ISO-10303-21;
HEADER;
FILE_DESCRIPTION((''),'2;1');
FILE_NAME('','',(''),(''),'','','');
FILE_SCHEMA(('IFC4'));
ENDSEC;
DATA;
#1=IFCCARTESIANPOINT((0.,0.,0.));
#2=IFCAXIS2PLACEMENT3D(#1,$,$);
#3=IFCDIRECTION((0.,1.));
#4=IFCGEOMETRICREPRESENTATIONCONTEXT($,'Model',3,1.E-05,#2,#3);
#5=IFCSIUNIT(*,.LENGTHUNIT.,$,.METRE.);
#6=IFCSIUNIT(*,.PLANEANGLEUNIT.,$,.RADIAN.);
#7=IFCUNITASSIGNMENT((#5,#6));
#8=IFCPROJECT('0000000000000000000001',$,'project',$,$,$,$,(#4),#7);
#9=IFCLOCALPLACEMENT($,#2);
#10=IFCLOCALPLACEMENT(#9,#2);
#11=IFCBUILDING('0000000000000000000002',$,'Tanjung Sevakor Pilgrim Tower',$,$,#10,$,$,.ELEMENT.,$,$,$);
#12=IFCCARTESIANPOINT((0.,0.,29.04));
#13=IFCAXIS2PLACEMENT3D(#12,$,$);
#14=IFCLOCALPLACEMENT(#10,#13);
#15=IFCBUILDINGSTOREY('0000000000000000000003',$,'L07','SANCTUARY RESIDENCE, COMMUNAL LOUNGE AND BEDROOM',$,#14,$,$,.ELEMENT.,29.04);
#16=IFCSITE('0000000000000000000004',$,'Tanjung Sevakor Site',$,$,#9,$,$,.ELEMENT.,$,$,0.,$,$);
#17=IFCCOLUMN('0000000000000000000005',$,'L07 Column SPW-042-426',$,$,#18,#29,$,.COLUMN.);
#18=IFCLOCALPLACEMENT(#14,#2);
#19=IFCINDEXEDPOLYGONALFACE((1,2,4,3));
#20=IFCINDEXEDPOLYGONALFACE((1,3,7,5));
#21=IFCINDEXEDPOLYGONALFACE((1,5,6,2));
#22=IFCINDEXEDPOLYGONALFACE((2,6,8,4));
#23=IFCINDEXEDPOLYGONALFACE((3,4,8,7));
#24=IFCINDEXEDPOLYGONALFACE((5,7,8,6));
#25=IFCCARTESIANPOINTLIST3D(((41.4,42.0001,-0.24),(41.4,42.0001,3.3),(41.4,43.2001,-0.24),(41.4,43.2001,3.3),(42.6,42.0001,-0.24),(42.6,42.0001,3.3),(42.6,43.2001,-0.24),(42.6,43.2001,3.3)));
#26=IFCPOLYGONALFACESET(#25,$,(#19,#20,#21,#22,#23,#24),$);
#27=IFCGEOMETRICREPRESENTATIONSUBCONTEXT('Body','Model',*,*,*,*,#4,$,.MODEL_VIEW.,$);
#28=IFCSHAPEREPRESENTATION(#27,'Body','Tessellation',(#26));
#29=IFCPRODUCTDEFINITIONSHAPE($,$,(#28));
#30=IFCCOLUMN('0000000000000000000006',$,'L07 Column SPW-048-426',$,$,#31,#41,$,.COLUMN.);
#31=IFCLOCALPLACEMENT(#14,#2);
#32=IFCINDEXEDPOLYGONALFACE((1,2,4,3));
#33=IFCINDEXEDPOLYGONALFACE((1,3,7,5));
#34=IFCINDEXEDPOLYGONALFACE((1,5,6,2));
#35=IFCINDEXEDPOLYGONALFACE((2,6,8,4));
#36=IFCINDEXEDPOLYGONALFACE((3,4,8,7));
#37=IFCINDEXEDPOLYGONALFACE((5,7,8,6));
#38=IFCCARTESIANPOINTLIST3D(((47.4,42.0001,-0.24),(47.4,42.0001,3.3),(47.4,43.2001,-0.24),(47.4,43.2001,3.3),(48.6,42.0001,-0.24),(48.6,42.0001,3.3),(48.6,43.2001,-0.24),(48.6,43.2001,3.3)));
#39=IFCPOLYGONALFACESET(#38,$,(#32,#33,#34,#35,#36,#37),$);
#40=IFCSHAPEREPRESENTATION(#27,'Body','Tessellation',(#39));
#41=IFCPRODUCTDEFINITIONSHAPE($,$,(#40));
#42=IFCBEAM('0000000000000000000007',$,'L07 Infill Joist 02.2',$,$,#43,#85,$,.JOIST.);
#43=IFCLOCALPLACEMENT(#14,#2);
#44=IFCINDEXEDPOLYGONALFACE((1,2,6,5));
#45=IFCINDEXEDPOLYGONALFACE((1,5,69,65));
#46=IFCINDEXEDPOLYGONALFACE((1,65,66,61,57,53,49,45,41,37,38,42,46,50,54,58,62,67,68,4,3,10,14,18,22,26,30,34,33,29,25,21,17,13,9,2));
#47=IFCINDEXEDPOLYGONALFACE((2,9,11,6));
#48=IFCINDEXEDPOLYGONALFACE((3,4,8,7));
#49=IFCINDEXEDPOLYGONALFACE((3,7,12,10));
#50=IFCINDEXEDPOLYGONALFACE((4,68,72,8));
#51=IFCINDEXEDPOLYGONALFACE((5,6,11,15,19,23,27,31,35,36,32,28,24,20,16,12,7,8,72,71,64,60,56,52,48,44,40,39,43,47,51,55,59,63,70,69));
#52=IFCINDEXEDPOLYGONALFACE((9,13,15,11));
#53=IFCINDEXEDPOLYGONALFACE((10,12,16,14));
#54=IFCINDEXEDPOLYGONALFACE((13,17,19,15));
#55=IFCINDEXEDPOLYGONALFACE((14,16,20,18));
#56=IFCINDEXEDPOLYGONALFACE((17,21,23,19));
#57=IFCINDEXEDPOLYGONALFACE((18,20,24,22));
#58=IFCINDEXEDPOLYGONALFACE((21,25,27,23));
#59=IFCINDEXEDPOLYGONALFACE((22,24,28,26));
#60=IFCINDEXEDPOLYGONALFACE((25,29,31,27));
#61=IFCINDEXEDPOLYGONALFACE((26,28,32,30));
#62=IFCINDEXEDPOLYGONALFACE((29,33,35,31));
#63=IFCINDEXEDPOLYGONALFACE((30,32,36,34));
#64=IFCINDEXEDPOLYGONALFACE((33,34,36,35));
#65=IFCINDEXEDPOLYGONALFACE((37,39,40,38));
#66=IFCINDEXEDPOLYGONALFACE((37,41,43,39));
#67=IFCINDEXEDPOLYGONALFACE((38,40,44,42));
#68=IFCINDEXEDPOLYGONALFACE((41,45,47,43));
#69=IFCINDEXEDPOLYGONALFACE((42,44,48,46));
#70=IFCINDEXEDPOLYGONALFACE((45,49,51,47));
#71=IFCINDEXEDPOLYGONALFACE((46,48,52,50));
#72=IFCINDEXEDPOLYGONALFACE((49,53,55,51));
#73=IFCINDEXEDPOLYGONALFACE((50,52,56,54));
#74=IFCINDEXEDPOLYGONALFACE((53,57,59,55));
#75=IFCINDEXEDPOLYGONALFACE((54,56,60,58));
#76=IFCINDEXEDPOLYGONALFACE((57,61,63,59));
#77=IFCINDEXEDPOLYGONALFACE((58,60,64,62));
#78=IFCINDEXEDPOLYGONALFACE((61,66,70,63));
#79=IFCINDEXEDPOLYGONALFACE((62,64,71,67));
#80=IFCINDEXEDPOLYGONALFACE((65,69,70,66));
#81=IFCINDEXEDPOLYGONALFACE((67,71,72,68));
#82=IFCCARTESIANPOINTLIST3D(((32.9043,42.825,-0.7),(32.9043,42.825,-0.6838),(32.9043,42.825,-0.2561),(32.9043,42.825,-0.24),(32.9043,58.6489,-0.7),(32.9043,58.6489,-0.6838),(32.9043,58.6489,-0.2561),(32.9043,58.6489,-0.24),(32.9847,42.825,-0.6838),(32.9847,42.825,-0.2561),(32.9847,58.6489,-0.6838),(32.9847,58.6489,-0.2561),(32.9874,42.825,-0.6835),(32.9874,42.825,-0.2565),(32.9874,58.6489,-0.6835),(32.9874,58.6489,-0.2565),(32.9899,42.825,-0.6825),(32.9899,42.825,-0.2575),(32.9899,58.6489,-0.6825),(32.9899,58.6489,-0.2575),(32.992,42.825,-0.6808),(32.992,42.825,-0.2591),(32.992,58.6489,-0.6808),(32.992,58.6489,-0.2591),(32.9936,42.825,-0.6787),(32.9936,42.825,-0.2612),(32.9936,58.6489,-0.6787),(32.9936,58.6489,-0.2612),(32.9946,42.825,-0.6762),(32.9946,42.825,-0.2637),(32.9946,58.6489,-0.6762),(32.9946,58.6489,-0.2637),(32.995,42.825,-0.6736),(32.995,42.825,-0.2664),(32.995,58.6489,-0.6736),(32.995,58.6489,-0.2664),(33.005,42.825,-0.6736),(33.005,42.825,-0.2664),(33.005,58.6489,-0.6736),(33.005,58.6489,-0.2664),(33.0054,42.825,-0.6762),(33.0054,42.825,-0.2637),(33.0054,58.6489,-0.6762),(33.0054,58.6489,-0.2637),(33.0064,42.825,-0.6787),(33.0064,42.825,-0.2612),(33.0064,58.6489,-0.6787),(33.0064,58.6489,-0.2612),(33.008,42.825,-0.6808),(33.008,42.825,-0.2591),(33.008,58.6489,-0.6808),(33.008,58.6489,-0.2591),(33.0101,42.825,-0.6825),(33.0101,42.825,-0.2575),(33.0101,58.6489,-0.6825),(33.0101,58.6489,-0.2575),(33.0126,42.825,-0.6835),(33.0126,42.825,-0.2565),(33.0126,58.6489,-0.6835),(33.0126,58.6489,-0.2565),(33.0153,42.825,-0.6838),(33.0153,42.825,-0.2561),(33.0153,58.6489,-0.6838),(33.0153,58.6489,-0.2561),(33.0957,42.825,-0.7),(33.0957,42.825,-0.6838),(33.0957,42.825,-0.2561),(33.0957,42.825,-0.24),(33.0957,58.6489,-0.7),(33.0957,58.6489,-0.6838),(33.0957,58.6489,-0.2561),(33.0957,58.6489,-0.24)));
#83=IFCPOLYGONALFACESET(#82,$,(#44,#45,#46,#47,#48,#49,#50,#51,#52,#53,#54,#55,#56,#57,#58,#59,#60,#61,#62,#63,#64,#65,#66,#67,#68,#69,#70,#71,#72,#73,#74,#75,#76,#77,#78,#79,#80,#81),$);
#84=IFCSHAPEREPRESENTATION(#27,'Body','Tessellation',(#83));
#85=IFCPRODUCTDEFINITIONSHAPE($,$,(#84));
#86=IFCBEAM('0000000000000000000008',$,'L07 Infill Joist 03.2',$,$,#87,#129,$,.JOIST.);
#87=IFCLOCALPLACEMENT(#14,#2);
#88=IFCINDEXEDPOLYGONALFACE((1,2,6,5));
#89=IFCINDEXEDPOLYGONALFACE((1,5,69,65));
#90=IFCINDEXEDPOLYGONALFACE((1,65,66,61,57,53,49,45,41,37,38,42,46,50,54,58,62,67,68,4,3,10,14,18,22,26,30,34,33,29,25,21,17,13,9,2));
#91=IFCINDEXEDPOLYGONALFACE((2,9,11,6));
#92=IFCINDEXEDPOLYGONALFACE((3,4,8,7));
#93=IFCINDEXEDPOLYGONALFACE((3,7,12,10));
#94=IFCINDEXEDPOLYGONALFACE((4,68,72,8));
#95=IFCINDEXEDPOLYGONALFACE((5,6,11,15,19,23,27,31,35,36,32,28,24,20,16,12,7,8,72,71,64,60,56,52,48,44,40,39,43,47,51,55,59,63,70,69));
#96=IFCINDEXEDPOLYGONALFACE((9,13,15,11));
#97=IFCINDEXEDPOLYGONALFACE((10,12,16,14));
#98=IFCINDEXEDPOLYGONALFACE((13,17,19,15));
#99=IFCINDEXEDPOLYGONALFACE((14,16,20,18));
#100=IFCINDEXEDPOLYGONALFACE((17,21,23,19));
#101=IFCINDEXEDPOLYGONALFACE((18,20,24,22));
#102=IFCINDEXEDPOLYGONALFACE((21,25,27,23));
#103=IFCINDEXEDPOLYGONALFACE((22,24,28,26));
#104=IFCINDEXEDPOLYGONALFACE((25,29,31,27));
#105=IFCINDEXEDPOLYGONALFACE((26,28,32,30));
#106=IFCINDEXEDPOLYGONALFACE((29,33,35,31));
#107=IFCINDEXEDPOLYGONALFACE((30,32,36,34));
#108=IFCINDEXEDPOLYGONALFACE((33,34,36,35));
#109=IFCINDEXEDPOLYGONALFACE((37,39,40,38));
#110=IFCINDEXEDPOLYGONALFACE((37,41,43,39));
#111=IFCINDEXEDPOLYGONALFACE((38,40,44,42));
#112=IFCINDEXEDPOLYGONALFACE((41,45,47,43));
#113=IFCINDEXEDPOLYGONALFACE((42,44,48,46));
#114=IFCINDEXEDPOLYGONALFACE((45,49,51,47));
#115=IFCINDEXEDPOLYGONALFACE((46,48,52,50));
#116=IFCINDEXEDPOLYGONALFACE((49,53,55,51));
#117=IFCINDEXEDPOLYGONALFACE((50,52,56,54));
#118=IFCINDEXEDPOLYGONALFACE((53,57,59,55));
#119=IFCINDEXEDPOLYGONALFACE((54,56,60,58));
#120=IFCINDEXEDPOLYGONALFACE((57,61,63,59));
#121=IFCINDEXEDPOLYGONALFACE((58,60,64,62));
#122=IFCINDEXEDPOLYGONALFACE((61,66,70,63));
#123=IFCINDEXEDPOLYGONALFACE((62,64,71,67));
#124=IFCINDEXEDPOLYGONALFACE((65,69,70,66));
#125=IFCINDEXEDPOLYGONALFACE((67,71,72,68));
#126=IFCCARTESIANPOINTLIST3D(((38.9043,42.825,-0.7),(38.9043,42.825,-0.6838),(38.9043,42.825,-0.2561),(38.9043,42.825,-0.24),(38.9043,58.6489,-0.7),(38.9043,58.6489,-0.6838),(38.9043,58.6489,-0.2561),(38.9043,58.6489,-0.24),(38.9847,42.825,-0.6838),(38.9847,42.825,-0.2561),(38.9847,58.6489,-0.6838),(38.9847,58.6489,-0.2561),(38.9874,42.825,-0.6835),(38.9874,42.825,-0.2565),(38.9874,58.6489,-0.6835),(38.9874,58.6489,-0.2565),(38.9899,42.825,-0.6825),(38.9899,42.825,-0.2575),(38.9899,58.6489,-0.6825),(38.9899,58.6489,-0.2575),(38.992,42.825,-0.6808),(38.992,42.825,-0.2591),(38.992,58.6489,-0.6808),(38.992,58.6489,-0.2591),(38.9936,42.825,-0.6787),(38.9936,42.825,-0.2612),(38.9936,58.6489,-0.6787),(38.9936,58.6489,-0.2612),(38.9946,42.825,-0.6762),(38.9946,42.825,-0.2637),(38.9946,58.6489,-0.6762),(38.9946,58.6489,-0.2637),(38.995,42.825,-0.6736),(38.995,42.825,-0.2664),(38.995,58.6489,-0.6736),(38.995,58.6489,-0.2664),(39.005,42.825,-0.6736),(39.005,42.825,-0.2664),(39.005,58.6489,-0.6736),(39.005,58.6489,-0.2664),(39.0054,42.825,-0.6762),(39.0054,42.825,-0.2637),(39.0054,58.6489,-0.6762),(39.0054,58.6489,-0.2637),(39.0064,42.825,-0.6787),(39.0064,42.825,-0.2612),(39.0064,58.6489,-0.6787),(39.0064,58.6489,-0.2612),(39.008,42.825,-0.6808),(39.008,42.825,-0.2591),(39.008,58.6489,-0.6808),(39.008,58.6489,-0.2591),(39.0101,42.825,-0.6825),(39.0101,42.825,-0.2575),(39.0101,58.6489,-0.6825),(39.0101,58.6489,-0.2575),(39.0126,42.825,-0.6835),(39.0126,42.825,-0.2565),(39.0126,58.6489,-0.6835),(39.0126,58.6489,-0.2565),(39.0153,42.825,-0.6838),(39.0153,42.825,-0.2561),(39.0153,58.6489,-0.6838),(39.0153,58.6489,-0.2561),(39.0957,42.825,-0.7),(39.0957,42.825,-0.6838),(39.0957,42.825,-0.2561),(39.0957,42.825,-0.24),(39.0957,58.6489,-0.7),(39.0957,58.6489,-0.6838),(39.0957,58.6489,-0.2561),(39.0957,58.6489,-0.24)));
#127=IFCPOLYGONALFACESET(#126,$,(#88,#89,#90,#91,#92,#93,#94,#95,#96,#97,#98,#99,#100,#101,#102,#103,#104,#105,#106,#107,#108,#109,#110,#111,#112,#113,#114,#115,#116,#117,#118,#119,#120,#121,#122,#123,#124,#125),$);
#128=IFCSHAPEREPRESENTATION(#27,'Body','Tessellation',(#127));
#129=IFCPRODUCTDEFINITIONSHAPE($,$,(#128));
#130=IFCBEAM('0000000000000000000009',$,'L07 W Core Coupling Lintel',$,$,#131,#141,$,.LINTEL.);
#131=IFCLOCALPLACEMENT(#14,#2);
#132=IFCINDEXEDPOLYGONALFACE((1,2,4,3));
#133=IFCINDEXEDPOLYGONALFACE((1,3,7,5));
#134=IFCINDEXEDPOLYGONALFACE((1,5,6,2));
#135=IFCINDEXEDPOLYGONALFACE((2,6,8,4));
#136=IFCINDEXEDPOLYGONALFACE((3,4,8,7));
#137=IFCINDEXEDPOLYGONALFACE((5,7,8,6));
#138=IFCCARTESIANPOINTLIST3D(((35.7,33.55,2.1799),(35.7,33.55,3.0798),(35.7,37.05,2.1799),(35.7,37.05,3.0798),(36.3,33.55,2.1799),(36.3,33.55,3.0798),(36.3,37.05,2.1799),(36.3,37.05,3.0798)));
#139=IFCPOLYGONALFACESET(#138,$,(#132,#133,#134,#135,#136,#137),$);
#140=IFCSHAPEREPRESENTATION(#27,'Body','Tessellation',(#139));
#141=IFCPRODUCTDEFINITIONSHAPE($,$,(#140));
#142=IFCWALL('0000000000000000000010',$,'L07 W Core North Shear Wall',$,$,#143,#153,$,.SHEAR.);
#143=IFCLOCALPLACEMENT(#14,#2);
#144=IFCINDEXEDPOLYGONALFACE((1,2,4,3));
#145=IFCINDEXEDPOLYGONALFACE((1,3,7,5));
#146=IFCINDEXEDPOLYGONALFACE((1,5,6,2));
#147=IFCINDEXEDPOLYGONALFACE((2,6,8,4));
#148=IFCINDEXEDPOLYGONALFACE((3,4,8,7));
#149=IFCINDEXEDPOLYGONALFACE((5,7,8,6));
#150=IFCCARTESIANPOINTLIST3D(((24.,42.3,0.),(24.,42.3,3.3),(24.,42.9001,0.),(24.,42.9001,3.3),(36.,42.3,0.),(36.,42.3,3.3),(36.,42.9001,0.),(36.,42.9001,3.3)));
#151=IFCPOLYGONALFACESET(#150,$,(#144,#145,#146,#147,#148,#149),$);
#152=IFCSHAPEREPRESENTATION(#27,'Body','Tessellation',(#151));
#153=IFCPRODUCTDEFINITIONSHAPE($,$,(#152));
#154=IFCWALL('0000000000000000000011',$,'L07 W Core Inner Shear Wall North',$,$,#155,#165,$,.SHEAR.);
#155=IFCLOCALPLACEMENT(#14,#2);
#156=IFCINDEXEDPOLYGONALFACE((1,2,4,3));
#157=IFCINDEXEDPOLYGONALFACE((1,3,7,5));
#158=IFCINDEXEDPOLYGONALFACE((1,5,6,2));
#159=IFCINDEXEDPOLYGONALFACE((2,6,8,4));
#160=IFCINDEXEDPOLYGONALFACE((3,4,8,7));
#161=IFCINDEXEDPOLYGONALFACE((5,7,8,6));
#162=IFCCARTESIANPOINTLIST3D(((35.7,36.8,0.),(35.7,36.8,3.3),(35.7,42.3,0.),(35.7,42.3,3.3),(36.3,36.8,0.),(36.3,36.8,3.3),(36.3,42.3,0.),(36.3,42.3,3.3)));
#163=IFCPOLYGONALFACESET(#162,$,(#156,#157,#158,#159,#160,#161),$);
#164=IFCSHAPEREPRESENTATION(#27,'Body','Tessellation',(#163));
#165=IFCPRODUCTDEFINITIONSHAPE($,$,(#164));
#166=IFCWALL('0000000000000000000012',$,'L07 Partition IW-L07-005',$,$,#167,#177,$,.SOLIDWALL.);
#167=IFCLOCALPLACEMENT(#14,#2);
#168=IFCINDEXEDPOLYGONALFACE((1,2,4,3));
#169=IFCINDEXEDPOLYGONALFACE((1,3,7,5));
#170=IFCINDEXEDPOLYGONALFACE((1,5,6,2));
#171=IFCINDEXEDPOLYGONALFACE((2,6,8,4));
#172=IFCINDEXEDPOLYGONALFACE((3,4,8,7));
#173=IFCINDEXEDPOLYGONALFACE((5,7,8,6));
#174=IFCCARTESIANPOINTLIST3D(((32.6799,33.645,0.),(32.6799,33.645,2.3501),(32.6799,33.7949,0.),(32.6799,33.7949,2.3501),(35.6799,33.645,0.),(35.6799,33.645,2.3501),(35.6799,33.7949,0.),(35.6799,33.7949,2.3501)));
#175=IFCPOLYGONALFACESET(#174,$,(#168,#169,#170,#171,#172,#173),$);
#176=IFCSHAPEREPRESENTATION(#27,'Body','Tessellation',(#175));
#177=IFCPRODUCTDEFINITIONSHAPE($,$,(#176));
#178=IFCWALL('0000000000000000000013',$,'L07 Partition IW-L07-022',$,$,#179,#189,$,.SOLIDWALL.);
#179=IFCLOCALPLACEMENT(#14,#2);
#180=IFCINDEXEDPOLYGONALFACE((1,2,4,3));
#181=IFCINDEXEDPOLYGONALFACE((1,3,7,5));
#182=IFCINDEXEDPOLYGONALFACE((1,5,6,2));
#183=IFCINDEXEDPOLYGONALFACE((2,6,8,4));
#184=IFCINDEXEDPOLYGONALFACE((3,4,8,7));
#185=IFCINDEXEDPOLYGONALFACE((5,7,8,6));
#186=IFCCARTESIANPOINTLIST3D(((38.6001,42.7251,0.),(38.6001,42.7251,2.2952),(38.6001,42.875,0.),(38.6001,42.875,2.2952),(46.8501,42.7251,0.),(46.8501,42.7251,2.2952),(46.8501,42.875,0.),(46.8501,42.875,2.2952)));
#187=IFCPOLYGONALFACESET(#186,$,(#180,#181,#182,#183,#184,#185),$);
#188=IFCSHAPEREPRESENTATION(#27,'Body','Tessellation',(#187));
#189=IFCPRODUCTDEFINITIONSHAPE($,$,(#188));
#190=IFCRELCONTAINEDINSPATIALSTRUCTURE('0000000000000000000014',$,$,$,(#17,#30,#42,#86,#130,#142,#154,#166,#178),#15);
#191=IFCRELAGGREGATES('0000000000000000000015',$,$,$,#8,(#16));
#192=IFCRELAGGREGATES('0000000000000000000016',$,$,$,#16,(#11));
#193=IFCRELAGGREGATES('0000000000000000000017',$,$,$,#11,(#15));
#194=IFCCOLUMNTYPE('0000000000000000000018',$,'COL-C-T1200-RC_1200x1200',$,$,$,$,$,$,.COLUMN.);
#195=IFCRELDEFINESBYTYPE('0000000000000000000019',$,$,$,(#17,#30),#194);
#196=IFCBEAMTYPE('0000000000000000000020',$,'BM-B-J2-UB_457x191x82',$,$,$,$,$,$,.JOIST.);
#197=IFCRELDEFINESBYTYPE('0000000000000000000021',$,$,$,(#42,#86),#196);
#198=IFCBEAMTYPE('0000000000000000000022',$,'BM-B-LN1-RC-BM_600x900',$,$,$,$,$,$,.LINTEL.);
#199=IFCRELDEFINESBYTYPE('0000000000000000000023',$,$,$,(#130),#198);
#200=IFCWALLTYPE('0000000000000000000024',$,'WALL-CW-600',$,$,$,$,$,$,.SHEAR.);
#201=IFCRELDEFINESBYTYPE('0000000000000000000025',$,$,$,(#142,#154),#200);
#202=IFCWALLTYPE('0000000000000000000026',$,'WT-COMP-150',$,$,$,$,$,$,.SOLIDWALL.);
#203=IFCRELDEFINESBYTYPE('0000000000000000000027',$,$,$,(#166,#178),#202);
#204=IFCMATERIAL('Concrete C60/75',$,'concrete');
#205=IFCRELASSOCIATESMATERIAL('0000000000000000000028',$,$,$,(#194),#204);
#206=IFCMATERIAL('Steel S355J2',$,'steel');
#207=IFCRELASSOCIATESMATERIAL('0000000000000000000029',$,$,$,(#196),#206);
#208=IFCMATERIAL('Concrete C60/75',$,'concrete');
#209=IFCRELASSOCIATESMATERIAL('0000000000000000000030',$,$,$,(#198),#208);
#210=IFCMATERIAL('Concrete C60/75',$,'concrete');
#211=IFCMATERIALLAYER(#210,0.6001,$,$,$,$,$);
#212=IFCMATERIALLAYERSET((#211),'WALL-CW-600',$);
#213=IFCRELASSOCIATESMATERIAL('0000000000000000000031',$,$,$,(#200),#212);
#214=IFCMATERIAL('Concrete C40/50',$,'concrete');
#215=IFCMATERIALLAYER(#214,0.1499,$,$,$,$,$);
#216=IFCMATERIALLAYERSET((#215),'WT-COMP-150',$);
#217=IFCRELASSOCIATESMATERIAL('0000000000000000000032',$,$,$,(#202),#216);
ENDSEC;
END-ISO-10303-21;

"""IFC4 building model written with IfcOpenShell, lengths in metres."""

from ifc_helpers import new_model, si_unit, direction, frame, frame_2d, origin, origin_2d, place, context, subcontext, project, spatial, rectangle, i_section, extrude, material, layer, layer_set, material_profile, profile_set, type_object, element, save


model = new_model("IFC4")

# Units and contexts
model_context = context("Model", 3, precision=1e-05, world=origin(), true_north=direction((0.0, 1.0)))
body_context = subcontext(model_context, "Body", "Model", "MODEL_VIEW")
ifc_project = project(units=[si_unit("LENGTHUNIT", "METRE"), si_unit("PLANEANGLEUNIT", "RADIAN")], contexts=[model_context])

# Site, building, storey
site_placement = place(None, origin())
site = spatial("IfcSite", under=ifc_project, at=site_placement, Name="Tanjung Sevakor Site", CompositionType="ELEMENT", RefElevation=0.0)
building_placement = place(site_placement, origin())
building = spatial("IfcBuilding", under=site, at=building_placement, Name="Tanjung Sevakor Pilgrim Tower", CompositionType="ELEMENT")
storey_placement = place(building_placement, frame((0.0, 0.0, 29.04)))
storey = spatial("IfcBuildingStorey", under=building, at=storey_placement, Name="L07", Description="SANCTUARY RESIDENCE, COMMUNAL LOUNGE AND BEDROOM", CompositionType="ELEMENT", Elevation=29.04)

# Columns
ifc_material_1 = material(Name="Concrete C60/75", Category="concrete")
ifc_material_profile_1 = material_profile(ifc_material_1, rectangle(XDim=1.2, YDim=1.2, at=origin_2d()))
ifc_profile_set_1 = profile_set([ifc_material_profile_1], Name="Concrete C60/75")
column_type = type_object("IfcColumnType", Name="COL-C-T1200-RC_1200x1200", PredefinedType="COLUMN", material=ifc_profile_set_1)
for number, where, z_axis, x_axis, name in (
    (1, (42.0, 42.6001, -0.24), (0.0, 0.0, 1.0), (1.0, 0.0, 0.0), "L07 Column SPW-042-426"),
    (2, (48.0, 42.6001, -0.24), (0.0, 0.0, 1.0), (1.0, 0.0, 0.0), "L07 Column SPW-048-426"),
):
    element("IfcColumn", number, at=place(storey_placement, frame(where, z_axis=z_axis, x_axis=x_axis)), inside=storey, type_object=column_type, Name=name, PredefinedType="COLUMN", context=body_context, shape_type="SweptSolid", body=[
        extrude(rectangle(XDim=1.2, YDim=1.2, at=origin_2d()), origin(), (0.0, 0.0, 1.0), 3.54),
    ])

# Beams
ifc_material_2 = material(Name="Steel S355J2", Category="steel")
ifc_material_profile_2 = material_profile(ifc_material_2, i_section(OverallWidth=0.1914, OverallDepth=0.46, WebThickness=0.01, FlangeThickness=0.0161, FilletRadius=0.0103, at=origin_2d()))
ifc_profile_set_2 = profile_set([ifc_material_profile_2], Name="Steel S355J2")
beam_type_1 = type_object("IfcBeamType", Name="BM-B-J2-UB_457x191x82", PredefinedType="JOIST", material=ifc_profile_set_2)
for number, where, z_axis, x_axis, name in (
    (3, (33.0, 42.825, -0.47), (0.0, 1.0, 0.0), (-1.0, 0.0, 0.0), "L07 Infill Joist 02.2"),
    (4, (39.0, 42.825, -0.47), (0.0, 1.0, 0.0), (-1.0, 0.0, 0.0), "L07 Infill Joist 03.2"),
):
    element("IfcBeam", number, at=place(storey_placement, frame(where, z_axis=z_axis, x_axis=x_axis)), inside=storey, type_object=beam_type_1, Name=name, PredefinedType="JOIST", context=body_context, shape_type="SweptSolid", body=[
        extrude(i_section(OverallWidth=0.1914, OverallDepth=0.46, WebThickness=0.01, FlangeThickness=0.0161, FilletRadius=0.0103, at=origin_2d()), origin(), (0.0, 0.0, 1.0), 15.824),
    ])
ifc_material_3 = material(Name="Concrete C60/75", Category="concrete")
ifc_material_profile_3 = material_profile(ifc_material_3, rectangle(XDim=0.6001, YDim=0.8999, at=origin_2d()))
ifc_profile_set_3 = profile_set([ifc_material_profile_3], Name="Concrete C60/75")
beam_type_2 = type_object("IfcBeamType", Name="BM-B-LN1-RC-BM_600x900", PredefinedType="LINTEL", material=ifc_profile_set_3)
beam_placement = place(storey_placement, frame((36.0, 33.55, 2.6299), z_axis=(0.0, 1.0, 0.0), x_axis=(-1.0, 0.0, 0.0)))
element("IfcBeam", 5, at=beam_placement, inside=storey, type_object=beam_type_2, Name="L07 W Core Coupling Lintel", PredefinedType="LINTEL", context=body_context, shape_type="SweptSolid", body=[
    extrude(rectangle(XDim=0.6001, YDim=0.8999, at=origin_2d()), origin(), (0.0, 0.0, 1.0), 3.5),
])

# Walls
ifc_material_4 = material(Name="Concrete C60/75", Category="concrete")
ifc_layer_1 = layer(ifc_material_4, 0.6001)
ifc_layer_set_1 = layer_set([ifc_layer_1], Name="WALL-CW-600")
wall_type_1 = type_object("IfcWallType", Name="WALL-CW-600", PredefinedType="SHEAR", material=ifc_layer_set_1)
wall_1_placement = place(storey_placement, frame((36.0, 42.6001, 0.0), z_axis=(0.0, 0.0, 1.0), x_axis=(-1.0, 0.0, 0.0)))
element("IfcWall", 6, at=wall_1_placement, inside=storey, type_object=wall_type_1, Name="L07 W Core North Shear Wall", PredefinedType="SHEAR", context=body_context, shape_type="SweptSolid", body=[
    extrude(rectangle(XDim=12.0, YDim=0.6001, at=frame_2d((6.0, 0.0))), origin(), (0.0, 0.0, 1.0), 3.3),
])
wall_2_placement = place(storey_placement, frame((36.0, 36.8, 0.0), z_axis=(0.0, 0.0, 1.0), x_axis=(0.0, 1.0, 0.0)))
element("IfcWall", 7, at=wall_2_placement, inside=storey, type_object=wall_type_1, Name="L07 W Core Inner Shear Wall North", PredefinedType="SHEAR", context=body_context, shape_type="SweptSolid", body=[
    extrude(rectangle(XDim=5.5, YDim=0.6001, at=frame_2d((2.75, 0.0))), origin(), (0.0, 0.0, 1.0), 3.3),
])
ifc_material_5 = material(Name="Concrete C40/50", Category="concrete")
ifc_layer_2 = layer(ifc_material_5, 0.1499)
ifc_layer_set_2 = layer_set([ifc_layer_2], Name="WT-COMP-150")
wall_type_2 = type_object("IfcWallType", Name="WT-COMP-150", PredefinedType="SOLIDWALL", material=ifc_layer_set_2)
wall_3_placement = place(storey_placement, frame((32.6799, 33.72, 0.0), z_axis=(0.0, 0.0, 1.0), x_axis=(1.0, 0.0, 0.0)))
element("IfcWall", 8, at=wall_3_placement, inside=storey, type_object=wall_type_2, Name="L07 Partition IW-L07-005", PredefinedType="SOLIDWALL", context=body_context, shape_type="SweptSolid", body=[
    extrude(rectangle(XDim=3.0, YDim=0.1499, at=frame_2d((1.5, 0.0))), origin(), (0.0, 0.0, 1.0), 2.3501),
])

# Wall
wall_4_placement = place(storey_placement, frame((38.6001, 42.8, 0.0), z_axis=(0.0, 0.0, 1.0), x_axis=(1.0, 0.0, 0.0)))
element("IfcWall", 9, at=wall_4_placement, inside=storey, type_object=wall_type_2, Name="L07 Partition IW-L07-022", PredefinedType="SOLIDWALL", context=body_context, shape_type="SweptSolid", body=[
    extrude(rectangle(XDim=8.25, YDim=0.1499, at=frame_2d((4.125, 0.0))), origin(), (0.0, 0.0, 1.0), 2.2952),
])

save(model, "model.ifc")
